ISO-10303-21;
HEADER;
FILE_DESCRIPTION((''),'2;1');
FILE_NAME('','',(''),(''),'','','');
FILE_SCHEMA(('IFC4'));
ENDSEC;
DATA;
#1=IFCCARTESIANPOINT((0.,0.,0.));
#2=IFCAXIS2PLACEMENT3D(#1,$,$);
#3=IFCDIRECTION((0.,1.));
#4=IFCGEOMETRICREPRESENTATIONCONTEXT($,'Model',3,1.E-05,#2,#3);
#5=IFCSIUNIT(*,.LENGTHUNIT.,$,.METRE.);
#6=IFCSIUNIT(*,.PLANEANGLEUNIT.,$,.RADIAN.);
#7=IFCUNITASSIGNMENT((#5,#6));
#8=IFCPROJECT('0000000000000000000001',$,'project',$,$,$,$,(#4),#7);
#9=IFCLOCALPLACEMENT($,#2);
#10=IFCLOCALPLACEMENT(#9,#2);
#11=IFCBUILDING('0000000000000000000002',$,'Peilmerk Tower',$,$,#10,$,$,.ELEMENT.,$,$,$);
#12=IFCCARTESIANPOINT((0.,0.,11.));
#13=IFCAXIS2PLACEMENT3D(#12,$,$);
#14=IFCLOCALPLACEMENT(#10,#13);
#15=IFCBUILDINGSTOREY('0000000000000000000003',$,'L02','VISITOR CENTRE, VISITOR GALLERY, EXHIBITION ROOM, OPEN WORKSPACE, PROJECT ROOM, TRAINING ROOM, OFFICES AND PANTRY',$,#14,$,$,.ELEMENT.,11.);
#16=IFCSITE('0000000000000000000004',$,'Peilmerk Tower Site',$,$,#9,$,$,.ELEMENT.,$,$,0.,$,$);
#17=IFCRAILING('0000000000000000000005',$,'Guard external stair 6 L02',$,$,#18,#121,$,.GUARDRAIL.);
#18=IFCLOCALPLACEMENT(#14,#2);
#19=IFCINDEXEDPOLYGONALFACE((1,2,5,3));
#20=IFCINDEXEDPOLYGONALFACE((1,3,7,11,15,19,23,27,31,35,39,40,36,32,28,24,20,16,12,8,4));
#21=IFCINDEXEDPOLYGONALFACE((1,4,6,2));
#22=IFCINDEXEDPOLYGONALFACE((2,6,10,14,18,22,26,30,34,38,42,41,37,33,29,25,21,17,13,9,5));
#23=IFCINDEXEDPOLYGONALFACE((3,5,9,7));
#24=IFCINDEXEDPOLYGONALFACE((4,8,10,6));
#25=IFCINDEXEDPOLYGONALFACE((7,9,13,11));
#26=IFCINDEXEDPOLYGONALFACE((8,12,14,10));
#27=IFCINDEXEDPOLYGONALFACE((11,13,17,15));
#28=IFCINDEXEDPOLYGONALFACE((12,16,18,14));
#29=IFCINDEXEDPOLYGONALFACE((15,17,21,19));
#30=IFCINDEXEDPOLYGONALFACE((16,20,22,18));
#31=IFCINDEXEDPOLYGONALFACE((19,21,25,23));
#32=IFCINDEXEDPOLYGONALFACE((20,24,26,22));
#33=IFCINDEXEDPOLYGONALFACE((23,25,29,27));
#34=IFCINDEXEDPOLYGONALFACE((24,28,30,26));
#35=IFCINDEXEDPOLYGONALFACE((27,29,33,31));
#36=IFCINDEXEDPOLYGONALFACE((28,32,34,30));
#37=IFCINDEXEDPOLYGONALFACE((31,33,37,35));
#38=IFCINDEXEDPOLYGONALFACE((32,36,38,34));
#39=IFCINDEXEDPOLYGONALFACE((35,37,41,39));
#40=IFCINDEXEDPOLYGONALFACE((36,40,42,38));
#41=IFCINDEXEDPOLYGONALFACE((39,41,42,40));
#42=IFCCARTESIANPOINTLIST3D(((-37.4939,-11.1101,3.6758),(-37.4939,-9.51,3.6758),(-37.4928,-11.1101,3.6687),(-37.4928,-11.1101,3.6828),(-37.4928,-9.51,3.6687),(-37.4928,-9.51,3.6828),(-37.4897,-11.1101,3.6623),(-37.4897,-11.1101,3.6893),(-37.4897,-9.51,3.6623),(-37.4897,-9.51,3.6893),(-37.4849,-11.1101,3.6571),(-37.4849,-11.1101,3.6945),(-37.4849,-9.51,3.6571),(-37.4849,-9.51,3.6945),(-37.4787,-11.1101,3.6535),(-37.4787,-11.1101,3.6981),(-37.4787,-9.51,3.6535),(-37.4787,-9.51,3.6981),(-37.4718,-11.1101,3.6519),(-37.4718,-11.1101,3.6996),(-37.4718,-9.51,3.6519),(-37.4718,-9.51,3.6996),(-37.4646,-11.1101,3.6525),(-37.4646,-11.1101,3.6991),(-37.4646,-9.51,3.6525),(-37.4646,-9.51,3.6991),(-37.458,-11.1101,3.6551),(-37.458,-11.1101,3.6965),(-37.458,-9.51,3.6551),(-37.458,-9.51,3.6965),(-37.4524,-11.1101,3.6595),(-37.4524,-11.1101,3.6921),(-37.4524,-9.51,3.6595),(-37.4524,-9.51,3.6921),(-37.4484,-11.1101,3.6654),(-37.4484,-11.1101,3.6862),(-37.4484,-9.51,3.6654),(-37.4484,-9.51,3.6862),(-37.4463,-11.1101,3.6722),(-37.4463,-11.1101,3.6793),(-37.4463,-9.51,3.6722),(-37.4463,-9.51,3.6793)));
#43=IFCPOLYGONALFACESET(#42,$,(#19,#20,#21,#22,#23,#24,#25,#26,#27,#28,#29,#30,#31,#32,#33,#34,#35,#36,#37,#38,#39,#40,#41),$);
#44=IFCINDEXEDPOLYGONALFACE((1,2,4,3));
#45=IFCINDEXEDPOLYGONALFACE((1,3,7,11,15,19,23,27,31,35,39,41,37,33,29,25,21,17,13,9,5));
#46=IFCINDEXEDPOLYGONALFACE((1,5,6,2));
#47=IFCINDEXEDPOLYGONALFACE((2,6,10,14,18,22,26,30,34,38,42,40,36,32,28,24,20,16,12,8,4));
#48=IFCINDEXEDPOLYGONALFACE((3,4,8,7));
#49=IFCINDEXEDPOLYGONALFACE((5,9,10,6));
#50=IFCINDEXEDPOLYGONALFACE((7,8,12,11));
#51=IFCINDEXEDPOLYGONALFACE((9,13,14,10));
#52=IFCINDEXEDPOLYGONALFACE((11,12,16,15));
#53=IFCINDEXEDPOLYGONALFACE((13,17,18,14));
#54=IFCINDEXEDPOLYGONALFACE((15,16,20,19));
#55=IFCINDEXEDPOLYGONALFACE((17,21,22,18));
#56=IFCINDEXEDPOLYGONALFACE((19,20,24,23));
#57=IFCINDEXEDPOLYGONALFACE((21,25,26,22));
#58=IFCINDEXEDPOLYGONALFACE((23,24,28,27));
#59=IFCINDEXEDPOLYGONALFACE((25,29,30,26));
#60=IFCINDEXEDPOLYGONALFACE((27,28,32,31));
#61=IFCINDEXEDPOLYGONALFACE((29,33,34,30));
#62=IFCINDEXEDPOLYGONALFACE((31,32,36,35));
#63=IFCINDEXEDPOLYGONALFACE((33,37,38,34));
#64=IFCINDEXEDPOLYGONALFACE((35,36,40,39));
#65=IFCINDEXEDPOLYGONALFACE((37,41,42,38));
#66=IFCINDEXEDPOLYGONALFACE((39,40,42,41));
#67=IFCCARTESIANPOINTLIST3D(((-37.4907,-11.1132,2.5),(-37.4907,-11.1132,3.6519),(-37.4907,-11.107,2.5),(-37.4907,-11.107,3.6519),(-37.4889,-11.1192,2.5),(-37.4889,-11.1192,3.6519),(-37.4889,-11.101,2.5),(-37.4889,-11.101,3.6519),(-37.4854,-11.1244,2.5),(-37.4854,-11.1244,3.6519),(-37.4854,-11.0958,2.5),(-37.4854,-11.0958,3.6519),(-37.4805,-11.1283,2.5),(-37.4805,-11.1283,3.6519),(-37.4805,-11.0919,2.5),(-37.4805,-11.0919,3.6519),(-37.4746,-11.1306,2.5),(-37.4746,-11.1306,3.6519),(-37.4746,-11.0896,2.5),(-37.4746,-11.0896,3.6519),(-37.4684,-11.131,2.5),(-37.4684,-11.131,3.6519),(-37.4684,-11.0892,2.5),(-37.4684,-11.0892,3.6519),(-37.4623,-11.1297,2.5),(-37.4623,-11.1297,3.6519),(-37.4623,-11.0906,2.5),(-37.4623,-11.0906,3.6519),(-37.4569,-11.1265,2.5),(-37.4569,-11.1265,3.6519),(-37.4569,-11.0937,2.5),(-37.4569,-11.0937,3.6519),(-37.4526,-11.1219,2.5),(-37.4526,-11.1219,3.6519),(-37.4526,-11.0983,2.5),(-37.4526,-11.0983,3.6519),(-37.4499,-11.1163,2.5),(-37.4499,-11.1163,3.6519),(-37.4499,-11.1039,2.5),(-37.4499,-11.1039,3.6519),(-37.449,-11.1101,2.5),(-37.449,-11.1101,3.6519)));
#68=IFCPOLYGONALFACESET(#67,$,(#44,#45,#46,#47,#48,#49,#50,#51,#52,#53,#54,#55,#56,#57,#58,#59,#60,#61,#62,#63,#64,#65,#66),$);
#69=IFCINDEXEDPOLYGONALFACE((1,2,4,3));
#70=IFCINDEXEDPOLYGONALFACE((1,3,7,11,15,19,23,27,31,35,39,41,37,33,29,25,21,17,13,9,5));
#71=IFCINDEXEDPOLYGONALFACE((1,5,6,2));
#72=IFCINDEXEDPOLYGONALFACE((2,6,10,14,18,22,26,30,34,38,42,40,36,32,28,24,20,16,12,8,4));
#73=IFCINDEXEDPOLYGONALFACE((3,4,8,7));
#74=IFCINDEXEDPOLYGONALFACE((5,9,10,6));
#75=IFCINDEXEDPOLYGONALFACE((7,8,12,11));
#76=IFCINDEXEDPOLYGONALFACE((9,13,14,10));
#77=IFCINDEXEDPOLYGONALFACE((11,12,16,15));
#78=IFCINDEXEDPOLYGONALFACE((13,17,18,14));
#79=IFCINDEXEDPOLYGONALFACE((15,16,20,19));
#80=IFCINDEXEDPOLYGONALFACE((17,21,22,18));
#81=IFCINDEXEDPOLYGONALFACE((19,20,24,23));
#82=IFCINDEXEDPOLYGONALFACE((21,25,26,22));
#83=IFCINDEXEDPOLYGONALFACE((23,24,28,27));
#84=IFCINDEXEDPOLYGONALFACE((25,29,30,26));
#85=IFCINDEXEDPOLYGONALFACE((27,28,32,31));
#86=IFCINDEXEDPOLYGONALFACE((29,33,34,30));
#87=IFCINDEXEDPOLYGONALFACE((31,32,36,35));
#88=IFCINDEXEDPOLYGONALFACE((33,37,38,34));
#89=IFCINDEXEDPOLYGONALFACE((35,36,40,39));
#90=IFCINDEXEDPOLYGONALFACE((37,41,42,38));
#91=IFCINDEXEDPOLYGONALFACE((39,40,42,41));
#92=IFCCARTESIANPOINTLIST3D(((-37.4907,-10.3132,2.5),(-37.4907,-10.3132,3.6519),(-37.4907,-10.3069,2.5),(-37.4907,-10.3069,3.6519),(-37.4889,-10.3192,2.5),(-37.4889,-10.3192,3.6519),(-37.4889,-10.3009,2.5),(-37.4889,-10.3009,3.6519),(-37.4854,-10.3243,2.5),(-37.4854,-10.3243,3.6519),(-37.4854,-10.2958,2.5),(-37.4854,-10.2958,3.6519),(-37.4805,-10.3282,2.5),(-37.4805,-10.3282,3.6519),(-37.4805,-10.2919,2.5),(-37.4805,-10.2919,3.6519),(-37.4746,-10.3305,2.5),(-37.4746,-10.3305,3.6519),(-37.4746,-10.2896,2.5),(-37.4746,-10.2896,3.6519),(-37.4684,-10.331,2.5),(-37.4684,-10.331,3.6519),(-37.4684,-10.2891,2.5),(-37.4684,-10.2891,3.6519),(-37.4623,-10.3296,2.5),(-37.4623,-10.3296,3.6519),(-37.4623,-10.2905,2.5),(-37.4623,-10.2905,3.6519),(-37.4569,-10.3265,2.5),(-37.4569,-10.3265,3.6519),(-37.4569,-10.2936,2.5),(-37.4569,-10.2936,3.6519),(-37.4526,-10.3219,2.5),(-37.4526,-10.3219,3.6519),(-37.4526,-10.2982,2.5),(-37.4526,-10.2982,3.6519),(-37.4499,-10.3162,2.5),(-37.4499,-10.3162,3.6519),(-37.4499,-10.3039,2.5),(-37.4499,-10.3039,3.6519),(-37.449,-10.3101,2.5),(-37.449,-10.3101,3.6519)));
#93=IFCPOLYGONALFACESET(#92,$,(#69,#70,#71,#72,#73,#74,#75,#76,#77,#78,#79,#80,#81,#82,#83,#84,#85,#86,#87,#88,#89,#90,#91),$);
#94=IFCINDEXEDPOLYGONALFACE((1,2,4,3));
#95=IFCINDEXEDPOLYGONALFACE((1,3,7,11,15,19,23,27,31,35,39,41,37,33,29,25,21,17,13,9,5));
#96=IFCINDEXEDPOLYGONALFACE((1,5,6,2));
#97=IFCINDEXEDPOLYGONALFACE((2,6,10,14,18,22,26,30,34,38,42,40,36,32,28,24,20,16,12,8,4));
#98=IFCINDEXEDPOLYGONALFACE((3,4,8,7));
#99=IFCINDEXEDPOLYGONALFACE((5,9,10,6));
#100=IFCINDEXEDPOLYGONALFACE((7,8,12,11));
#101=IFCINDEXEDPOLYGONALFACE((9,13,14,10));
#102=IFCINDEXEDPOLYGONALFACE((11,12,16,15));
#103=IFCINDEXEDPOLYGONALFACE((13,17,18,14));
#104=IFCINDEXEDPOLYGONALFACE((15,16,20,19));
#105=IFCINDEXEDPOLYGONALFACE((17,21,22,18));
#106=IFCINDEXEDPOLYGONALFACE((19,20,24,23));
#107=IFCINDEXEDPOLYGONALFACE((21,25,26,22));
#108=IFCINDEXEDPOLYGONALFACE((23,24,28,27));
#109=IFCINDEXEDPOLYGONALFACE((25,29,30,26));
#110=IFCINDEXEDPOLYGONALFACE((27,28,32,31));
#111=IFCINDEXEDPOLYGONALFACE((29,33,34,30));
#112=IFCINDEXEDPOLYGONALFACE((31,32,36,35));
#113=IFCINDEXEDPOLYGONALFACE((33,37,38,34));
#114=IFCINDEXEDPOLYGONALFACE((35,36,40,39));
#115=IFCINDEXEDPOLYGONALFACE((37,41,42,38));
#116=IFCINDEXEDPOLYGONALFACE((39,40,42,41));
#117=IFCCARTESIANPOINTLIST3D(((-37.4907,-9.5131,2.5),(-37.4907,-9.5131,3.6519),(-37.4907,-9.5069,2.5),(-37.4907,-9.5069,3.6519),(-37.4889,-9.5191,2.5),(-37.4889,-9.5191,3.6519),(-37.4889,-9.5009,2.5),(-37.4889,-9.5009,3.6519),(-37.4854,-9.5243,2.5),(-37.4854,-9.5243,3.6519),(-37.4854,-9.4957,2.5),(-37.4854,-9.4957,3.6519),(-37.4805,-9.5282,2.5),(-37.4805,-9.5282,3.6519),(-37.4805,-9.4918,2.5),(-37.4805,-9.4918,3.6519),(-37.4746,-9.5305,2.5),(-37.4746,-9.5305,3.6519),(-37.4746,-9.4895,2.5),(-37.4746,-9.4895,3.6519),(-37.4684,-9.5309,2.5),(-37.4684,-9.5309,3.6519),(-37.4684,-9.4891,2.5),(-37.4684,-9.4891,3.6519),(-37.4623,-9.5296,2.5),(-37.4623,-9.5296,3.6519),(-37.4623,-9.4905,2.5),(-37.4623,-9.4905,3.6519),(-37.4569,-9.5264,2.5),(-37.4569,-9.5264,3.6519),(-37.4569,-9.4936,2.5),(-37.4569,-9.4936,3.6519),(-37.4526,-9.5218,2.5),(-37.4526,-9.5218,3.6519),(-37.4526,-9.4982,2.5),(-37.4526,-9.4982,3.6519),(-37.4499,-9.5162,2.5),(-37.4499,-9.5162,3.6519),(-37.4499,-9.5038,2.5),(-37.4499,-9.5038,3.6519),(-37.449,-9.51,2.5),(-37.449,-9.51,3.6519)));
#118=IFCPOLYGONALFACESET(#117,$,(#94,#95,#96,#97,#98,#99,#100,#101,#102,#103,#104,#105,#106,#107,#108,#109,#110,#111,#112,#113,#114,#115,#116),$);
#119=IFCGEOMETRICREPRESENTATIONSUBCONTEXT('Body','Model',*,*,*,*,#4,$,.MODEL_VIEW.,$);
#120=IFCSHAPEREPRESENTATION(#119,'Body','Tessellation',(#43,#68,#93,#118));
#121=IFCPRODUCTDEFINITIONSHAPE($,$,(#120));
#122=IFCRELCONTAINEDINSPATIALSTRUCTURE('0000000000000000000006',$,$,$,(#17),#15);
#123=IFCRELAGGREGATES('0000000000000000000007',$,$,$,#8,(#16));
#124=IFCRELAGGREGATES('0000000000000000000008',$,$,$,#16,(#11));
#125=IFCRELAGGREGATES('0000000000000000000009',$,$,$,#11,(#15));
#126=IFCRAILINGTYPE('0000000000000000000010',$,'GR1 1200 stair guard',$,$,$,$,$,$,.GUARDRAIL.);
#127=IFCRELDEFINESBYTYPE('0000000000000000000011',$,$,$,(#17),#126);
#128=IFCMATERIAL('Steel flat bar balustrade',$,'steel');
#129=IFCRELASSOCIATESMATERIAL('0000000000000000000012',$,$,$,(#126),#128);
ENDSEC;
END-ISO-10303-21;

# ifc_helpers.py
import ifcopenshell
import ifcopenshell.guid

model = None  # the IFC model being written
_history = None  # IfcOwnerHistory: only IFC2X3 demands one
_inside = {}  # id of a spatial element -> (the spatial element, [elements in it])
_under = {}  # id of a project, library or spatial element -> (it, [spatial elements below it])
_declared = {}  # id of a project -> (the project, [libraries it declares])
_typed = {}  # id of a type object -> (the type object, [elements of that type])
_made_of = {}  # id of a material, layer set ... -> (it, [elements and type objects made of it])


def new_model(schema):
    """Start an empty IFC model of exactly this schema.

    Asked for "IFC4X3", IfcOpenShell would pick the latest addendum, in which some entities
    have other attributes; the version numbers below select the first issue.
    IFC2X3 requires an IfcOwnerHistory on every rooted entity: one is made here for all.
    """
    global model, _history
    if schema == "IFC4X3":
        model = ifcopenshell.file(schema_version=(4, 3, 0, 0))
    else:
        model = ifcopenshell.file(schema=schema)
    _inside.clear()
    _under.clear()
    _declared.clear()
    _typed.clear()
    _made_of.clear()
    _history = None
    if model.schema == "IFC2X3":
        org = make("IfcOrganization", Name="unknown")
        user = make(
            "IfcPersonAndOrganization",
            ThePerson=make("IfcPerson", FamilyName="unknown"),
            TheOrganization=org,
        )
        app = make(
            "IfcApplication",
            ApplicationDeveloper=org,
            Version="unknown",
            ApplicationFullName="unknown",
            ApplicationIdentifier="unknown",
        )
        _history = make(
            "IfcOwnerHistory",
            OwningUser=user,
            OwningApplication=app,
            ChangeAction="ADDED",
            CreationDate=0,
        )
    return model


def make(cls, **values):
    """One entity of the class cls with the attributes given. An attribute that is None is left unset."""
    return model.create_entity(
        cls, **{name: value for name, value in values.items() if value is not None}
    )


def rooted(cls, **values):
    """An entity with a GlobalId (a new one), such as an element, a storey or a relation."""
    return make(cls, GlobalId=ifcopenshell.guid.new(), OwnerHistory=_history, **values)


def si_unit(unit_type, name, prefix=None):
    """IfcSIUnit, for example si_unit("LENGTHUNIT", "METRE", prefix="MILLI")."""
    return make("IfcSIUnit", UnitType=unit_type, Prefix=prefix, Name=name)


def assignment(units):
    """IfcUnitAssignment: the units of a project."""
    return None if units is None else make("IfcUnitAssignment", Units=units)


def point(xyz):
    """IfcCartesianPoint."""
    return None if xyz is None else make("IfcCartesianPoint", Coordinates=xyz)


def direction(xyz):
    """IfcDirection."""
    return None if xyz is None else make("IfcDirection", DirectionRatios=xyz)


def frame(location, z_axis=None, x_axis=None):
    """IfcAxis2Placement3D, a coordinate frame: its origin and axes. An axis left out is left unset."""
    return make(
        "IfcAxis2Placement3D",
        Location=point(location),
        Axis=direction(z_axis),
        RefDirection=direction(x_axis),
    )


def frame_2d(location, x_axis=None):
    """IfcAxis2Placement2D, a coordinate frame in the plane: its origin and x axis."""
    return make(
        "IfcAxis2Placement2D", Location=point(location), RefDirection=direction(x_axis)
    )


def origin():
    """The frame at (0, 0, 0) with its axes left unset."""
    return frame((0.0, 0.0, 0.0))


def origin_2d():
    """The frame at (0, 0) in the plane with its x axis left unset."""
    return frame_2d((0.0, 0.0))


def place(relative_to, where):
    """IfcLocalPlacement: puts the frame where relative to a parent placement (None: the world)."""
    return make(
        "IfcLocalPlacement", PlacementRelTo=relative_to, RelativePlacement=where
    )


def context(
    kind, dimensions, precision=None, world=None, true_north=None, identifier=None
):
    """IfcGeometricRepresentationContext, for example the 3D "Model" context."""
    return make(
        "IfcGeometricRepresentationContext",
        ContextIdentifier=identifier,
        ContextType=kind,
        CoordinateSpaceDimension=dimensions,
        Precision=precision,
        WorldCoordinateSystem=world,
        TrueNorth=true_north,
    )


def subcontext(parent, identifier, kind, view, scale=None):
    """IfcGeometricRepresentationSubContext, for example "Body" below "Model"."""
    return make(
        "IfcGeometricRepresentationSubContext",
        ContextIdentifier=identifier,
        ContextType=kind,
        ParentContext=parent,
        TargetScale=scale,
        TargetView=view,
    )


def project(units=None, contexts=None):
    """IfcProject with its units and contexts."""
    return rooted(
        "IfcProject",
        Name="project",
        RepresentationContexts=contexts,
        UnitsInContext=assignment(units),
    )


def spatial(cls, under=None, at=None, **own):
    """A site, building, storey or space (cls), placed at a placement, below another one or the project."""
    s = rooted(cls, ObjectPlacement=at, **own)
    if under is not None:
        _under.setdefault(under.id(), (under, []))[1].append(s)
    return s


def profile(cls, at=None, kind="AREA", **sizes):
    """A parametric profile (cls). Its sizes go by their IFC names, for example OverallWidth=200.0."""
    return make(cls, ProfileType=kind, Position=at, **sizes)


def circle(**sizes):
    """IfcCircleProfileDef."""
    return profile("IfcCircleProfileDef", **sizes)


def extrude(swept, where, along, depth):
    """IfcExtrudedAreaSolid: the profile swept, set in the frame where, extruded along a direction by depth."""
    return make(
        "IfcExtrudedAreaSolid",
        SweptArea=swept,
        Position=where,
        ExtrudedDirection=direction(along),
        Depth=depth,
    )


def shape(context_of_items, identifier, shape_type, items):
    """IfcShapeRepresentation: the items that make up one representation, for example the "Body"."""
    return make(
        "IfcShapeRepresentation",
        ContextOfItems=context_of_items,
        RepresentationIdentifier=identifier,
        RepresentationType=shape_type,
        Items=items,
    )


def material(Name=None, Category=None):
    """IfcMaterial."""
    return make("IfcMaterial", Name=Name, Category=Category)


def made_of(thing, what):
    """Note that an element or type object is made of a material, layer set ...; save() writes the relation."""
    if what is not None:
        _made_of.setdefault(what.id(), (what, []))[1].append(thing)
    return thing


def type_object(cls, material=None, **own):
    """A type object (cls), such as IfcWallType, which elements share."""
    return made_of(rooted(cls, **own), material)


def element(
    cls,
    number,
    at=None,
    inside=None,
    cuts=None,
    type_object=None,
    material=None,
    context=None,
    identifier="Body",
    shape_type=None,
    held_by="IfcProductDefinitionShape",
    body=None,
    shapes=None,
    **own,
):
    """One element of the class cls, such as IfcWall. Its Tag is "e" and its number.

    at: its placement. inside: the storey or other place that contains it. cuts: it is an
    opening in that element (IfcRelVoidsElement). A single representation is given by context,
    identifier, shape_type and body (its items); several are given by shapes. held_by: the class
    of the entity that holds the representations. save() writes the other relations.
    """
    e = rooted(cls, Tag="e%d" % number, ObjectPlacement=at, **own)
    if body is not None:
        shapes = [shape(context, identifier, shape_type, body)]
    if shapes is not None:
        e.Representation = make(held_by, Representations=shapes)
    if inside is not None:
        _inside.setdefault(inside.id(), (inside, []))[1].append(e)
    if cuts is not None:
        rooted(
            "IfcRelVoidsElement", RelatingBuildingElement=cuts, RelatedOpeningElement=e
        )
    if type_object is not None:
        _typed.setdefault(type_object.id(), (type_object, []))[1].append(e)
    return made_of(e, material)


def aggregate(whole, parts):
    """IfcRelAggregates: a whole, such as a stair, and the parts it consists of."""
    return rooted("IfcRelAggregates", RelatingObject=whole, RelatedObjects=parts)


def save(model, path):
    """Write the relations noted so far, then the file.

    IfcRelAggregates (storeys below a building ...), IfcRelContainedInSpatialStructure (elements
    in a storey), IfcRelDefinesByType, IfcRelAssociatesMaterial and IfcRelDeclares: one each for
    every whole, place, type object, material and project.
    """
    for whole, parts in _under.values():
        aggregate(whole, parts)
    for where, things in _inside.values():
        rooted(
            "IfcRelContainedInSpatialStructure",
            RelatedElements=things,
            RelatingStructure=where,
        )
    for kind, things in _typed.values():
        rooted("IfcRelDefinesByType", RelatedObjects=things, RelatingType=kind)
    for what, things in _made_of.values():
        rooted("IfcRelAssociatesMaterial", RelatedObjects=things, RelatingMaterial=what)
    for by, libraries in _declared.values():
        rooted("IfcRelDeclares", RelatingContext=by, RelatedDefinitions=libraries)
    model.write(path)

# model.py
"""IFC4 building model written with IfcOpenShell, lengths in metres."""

from ifc_helpers import new_model, si_unit, direction, frame, origin, origin_2d, place, context, subcontext, project, spatial, circle, extrude, material, type_object, element, save


model = new_model("IFC4")

# Units and contexts
model_context = context("Model", 3, precision=1e-05, world=origin(), true_north=direction((0.0, 1.0)))
body_context = subcontext(model_context, "Body", "Model", "MODEL_VIEW")
ifc_project = project(units=[si_unit("LENGTHUNIT", "METRE"), si_unit("PLANEANGLEUNIT", "RADIAN")], contexts=[model_context])

# Site, building, storey
site_placement = place(None, origin())
site = spatial("IfcSite", under=ifc_project, at=site_placement, Name="Peilmerk Tower Site", CompositionType="ELEMENT", RefElevation=0.0)
building_placement = place(site_placement, origin())
building = spatial("IfcBuilding", under=site, at=building_placement, Name="Peilmerk Tower", CompositionType="ELEMENT")
storey_placement = place(building_placement, frame((0.0, 0.0, 11.0)))
storey = spatial("IfcBuildingStorey", under=building, at=storey_placement, Name="L02", Description="VISITOR CENTRE, VISITOR GALLERY, EXHIBITION ROOM, OPEN WORKSPACE, PROJECT ROOM, TRAINING ROOM, OFFICES AND PANTRY", CompositionType="ELEMENT", Elevation=11.0)

# Railing
ifc_material_1 = material(Name="Steel flat bar balustrade", Category="steel")
railing_type_1 = type_object("IfcRailingType", Name="GR1 1200 stair guard", PredefinedType="GUARDRAIL", material=ifc_material_1)
railing_1_placement = place(storey_placement, frame((-37.47, -11.1101, 2.5)))
element("IfcRailing", 1, at=railing_1_placement, inside=storey, type_object=railing_type_1, Name="Guard external stair 6 L02", PredefinedType="GUARDRAIL", context=body_context, shape_type="SweptSolid", body=[
    extrude(circle(Radius=0.0239, at=origin_2d()), frame((0.0, 0.0, 1.1758), z_axis=(0.0, 1.0, 0.0), x_axis=(-1.0, 0.0, 0.0)), (0.0, 0.0, 1.0), 1.6001),
    extrude(circle(Radius=0.021, at=origin_2d()), origin(), (0.0, 0.0, 1.0), 1.1519),
    extrude(circle(Radius=0.021, at=origin_2d()), frame((0.0, 0.8, 0.0)), (0.0, 0.0, 1.0), 1.1519),
    extrude(circle(Radius=0.021, at=origin_2d()), frame((0.0, 1.6001, 0.0)), (0.0, 0.0, 1.0), 1.1519),
])

save(model, "model.ifc")
